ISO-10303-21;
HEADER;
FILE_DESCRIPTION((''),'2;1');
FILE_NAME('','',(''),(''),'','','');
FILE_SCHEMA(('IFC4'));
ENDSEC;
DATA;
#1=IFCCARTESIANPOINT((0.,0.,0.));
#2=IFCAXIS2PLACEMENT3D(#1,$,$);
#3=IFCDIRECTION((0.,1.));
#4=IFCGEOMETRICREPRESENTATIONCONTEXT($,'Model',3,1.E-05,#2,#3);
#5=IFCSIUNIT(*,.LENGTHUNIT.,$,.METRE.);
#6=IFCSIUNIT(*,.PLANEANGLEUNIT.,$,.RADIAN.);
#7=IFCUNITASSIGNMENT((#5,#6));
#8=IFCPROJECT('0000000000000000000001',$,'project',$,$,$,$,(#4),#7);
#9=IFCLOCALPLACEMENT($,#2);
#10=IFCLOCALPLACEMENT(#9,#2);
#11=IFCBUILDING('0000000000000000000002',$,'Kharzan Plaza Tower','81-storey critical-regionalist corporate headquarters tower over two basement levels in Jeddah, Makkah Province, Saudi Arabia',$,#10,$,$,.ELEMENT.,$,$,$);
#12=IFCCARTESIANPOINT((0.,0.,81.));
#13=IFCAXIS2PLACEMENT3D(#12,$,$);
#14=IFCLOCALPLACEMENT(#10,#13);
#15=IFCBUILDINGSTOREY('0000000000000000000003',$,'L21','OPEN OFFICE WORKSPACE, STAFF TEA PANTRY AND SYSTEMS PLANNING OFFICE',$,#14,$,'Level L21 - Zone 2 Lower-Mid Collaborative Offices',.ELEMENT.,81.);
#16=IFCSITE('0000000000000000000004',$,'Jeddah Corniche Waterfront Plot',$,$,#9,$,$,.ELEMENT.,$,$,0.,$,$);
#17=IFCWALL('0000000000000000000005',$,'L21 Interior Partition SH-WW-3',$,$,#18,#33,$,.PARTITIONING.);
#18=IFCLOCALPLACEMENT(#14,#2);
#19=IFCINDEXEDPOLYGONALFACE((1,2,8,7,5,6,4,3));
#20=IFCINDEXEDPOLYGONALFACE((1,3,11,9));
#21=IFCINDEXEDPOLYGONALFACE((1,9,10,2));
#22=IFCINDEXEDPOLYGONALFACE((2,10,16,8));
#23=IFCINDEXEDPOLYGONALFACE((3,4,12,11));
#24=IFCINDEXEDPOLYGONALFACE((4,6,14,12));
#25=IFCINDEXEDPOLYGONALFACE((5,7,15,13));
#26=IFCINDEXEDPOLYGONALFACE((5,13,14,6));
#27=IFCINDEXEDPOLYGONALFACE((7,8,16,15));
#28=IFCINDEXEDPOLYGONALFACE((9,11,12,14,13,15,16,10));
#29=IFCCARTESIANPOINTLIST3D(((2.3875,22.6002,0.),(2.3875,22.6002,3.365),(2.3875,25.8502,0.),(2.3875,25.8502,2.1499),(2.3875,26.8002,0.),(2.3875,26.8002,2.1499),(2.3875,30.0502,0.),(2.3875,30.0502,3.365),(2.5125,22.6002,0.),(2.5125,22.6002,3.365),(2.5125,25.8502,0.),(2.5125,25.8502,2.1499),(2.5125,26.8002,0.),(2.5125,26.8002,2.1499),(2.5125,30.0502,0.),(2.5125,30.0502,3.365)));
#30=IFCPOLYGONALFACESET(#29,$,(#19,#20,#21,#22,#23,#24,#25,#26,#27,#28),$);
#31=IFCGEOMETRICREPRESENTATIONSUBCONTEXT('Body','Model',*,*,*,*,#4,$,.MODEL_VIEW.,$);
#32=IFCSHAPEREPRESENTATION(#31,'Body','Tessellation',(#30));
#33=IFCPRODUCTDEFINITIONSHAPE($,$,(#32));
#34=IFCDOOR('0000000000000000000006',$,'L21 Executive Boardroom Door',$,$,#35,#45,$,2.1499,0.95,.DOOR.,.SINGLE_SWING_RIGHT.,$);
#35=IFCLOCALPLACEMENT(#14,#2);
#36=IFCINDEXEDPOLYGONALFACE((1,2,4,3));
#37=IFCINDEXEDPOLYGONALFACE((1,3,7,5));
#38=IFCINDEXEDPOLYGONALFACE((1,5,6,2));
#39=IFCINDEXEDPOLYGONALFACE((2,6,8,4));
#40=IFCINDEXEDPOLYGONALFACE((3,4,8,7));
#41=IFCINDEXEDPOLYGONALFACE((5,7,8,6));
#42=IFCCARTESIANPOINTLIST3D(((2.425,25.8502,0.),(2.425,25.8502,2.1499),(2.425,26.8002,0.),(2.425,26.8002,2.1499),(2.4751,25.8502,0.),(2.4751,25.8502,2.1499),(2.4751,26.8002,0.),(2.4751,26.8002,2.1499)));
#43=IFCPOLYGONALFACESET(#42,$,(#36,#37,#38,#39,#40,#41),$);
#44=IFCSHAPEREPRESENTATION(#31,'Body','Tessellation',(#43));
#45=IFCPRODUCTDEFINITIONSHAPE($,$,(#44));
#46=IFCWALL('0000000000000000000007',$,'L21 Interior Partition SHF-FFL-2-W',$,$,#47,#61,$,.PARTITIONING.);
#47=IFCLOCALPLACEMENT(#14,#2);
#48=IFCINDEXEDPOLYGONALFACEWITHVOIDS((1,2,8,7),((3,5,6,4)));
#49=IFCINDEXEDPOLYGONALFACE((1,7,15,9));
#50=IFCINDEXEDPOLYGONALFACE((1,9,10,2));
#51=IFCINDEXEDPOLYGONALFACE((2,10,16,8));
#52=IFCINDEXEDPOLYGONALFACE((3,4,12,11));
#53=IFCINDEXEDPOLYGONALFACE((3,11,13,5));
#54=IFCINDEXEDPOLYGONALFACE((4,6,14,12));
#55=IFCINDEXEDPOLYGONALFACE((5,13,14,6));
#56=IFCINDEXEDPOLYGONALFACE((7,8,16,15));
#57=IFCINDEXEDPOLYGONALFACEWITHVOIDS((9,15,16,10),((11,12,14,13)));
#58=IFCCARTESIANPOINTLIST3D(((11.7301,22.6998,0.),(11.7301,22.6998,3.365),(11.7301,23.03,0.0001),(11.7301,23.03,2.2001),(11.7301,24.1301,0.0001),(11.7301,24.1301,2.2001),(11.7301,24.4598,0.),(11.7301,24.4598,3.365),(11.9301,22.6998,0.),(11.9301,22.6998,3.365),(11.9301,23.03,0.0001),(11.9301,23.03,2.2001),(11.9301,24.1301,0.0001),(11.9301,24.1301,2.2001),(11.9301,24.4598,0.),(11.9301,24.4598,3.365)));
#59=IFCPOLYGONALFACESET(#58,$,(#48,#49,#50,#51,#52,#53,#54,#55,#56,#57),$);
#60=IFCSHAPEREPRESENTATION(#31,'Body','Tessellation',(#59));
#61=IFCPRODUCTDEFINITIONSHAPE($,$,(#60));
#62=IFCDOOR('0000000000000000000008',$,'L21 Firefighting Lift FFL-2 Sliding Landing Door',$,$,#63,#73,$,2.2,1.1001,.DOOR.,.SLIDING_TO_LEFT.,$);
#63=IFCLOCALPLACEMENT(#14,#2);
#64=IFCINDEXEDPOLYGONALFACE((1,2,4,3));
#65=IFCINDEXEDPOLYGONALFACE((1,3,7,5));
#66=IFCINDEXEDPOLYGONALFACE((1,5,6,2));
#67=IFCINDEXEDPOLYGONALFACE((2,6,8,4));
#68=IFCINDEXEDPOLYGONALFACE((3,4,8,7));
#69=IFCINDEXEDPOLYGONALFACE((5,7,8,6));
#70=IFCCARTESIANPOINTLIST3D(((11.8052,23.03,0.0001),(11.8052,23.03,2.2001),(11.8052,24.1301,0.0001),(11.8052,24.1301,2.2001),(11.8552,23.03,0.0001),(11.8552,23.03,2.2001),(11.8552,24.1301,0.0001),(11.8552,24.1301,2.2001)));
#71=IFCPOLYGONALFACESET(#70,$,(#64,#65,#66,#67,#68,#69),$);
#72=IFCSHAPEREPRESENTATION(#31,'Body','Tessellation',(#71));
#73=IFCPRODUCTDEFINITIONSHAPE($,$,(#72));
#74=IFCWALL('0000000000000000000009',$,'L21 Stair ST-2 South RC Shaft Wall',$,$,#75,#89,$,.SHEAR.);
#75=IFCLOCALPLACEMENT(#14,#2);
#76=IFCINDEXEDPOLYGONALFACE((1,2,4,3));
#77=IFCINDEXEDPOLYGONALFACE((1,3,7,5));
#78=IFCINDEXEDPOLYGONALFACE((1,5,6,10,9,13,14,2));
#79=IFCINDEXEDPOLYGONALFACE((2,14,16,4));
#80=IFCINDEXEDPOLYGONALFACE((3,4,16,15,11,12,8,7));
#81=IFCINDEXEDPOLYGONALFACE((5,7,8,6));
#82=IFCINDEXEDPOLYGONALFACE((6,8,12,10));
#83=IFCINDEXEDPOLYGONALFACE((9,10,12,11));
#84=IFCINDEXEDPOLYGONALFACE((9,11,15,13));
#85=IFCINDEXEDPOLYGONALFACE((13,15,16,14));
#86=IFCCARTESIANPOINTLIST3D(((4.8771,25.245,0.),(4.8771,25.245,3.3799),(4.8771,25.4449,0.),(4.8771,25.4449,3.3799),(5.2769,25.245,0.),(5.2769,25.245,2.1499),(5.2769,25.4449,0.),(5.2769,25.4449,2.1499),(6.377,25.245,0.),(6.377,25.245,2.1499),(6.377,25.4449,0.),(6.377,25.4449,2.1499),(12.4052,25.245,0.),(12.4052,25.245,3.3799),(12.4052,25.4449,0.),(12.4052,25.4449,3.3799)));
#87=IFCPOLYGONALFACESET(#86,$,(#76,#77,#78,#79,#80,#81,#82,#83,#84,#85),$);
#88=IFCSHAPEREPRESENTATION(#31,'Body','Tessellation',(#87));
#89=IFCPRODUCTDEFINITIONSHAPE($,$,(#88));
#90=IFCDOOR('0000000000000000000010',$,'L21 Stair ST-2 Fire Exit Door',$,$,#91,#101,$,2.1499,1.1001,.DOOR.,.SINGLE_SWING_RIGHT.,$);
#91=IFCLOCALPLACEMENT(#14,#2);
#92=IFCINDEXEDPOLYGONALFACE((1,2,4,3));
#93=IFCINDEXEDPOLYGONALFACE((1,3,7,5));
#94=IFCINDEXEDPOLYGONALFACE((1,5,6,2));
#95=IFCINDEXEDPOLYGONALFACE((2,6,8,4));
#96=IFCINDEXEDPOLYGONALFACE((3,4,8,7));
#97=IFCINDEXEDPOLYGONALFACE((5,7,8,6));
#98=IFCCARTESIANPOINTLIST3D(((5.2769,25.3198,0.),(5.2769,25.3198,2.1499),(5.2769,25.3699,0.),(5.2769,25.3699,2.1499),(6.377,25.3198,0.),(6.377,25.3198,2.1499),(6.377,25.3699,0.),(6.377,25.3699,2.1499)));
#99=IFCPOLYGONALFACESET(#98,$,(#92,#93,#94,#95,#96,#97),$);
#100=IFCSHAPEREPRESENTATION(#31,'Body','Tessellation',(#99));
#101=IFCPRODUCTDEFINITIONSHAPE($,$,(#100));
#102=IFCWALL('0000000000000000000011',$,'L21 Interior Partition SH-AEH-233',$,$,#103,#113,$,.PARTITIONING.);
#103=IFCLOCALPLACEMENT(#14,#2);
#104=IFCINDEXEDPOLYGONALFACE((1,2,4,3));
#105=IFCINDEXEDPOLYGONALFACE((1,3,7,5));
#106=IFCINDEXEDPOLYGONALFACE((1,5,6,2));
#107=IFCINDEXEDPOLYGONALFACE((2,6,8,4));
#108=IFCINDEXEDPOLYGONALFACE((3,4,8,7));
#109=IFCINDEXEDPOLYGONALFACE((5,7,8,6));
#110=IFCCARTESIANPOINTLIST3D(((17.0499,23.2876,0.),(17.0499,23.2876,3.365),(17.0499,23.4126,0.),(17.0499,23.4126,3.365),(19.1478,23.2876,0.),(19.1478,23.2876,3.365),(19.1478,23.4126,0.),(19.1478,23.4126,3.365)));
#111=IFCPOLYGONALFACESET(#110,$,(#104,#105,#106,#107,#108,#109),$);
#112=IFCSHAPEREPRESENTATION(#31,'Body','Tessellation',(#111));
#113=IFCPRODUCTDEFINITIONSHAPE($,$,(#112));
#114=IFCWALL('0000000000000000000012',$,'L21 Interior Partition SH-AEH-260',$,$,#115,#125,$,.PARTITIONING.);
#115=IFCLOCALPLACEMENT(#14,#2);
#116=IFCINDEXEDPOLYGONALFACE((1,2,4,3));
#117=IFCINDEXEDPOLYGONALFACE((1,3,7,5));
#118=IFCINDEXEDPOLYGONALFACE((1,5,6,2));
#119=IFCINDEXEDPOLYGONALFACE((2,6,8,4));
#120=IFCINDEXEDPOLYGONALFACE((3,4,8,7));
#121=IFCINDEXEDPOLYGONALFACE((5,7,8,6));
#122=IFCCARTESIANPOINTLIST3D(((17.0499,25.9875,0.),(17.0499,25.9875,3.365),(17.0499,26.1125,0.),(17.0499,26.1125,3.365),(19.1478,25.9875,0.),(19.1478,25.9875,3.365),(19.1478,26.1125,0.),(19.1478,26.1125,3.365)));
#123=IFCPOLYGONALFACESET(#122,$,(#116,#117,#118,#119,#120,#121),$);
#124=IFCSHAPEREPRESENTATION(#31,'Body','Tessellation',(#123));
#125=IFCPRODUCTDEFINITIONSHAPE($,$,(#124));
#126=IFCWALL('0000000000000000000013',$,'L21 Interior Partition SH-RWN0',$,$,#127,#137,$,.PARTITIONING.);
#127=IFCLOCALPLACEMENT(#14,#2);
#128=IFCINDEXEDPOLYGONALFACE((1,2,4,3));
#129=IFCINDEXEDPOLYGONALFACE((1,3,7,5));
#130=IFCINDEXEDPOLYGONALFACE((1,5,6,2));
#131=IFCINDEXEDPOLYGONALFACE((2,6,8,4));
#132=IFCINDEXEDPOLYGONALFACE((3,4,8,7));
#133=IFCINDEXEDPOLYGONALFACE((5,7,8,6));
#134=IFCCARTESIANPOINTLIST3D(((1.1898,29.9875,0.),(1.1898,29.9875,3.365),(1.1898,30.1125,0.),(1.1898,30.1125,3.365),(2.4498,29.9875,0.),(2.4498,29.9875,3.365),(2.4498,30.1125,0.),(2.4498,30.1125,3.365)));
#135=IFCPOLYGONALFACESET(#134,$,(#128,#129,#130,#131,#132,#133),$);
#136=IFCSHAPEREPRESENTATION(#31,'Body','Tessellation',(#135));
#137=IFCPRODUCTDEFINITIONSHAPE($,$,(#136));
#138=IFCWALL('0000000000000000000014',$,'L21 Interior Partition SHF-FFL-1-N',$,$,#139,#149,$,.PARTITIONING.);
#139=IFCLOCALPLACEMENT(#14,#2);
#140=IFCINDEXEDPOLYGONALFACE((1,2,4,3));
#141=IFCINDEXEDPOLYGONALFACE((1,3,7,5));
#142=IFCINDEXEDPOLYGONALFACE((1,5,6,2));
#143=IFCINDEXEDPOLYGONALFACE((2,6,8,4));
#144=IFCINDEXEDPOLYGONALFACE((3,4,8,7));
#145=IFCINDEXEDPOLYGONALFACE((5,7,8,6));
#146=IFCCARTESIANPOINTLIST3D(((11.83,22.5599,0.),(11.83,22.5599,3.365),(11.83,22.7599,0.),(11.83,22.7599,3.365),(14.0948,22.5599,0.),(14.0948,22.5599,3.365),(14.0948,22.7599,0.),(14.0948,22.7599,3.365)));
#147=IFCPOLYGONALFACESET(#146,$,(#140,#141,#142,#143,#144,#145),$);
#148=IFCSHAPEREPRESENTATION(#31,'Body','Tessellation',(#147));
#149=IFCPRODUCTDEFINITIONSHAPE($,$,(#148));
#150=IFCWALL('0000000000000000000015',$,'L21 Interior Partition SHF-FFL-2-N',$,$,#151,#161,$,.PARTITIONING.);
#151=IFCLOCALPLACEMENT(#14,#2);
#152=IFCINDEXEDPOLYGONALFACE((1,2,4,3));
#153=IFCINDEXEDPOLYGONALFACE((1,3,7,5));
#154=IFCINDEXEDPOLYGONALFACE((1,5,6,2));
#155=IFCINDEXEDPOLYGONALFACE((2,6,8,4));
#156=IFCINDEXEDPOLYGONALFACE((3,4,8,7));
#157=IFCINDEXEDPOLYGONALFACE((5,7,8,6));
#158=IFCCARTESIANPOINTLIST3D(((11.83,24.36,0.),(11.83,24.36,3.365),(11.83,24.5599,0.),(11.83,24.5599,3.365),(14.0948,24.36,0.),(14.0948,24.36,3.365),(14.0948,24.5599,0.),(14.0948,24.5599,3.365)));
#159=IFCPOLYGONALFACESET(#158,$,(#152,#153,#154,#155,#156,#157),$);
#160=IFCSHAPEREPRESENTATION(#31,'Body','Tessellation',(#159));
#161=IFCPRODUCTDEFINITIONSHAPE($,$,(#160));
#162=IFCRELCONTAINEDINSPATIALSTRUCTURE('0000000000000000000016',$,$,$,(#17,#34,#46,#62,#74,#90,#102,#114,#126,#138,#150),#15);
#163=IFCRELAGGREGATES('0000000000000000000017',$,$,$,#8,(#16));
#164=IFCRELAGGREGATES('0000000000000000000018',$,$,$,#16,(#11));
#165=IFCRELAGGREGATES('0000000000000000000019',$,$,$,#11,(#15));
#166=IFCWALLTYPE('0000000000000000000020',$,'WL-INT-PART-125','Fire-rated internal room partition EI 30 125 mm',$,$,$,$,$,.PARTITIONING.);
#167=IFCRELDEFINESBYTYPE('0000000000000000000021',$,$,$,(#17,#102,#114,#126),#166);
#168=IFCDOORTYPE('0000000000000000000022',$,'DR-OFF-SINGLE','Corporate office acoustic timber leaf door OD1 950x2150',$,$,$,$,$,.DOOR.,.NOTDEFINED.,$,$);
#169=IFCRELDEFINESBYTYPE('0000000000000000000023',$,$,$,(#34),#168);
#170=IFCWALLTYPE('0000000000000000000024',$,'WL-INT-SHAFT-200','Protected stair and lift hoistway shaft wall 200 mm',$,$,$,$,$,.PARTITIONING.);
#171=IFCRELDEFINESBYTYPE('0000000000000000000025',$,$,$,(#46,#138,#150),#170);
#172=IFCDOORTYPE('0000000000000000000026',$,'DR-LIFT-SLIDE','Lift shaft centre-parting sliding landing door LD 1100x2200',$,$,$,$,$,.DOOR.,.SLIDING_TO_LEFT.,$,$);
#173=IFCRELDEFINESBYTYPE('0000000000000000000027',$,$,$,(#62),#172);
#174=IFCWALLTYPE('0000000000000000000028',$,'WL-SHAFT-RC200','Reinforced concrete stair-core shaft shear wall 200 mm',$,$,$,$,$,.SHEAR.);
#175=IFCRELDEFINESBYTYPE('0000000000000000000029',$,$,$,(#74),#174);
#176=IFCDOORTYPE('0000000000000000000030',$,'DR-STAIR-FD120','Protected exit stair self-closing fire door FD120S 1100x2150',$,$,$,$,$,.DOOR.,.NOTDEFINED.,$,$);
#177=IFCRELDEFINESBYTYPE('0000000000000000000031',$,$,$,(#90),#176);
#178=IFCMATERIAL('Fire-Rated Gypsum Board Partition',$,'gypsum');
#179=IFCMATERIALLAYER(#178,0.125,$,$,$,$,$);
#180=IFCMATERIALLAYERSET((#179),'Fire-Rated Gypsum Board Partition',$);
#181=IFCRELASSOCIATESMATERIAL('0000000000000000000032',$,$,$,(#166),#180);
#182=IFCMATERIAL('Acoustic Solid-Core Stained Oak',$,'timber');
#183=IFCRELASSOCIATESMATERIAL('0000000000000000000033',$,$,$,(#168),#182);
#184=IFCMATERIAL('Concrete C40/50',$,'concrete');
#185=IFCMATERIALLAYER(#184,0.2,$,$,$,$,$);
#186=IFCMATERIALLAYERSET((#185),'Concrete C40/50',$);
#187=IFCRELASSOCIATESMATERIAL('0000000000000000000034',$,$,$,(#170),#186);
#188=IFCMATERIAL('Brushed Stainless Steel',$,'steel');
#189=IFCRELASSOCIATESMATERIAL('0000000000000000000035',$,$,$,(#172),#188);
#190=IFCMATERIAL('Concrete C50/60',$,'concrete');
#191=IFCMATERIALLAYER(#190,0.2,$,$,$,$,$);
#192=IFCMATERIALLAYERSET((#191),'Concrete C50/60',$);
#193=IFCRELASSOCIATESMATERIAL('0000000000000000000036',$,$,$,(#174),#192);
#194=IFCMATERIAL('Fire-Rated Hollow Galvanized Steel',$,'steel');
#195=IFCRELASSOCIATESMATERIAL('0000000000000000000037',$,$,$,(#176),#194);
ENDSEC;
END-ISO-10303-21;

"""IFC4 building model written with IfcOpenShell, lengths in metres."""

from ifc_helpers import new_model, si_unit, direction, frame, frame_2d, origin, place, context, subcontext, project, spatial, rectangle, extrude, source, transform, mapped, material, layer, layer_set, type_object, element, fill, save


model = new_model("IFC4")

# Units and contexts
model_context = context("Model", 3, precision=1e-05, world=origin(), true_north=direction((0.0, 1.0)))
body_context = subcontext(model_context, "Body", "Model", "MODEL_VIEW")
ifc_project = project(units=[si_unit("LENGTHUNIT", "METRE"), si_unit("PLANEANGLEUNIT", "RADIAN")], contexts=[model_context])

# Site, building, storey
site_placement = place(None, origin())
site = spatial("IfcSite", under=ifc_project, at=site_placement, Name="Jeddah Corniche Waterfront Plot", CompositionType="ELEMENT", RefElevation=0.0)
building_placement = place(site_placement, origin())
building = spatial("IfcBuilding", under=site, at=building_placement, Name="Kharzan Plaza Tower", Description="81-storey critical-regionalist corporate headquarters tower over two basement levels in Jeddah, Makkah Province, Saudi Arabia", CompositionType="ELEMENT")
storey_placement = place(building_placement, frame((0.0, 0.0, 81.0)))
storey = spatial("IfcBuildingStorey", under=building, at=storey_placement, Name="L21", Description="OPEN OFFICE WORKSPACE, STAFF TEA PANTRY AND SYSTEMS PLANNING OFFICE", LongName="Level L21 - Zone 2 Lower-Mid Collaborative Offices", CompositionType="ELEMENT", Elevation=81.0)

# Walls, openings, doors
ifc_material_1 = material(Name="Concrete C40/50", Category="concrete")
ifc_material_2 = material(Name="Fire-Rated Gypsum Board Partition", Category="gypsum")
ifc_layer_1 = layer(ifc_material_2, 0.125)
ifc_layer_set_1 = layer_set([ifc_layer_1], Name="Fire-Rated Gypsum Board Partition")
wall_type_1 = type_object("IfcWallType", Name="WL-INT-PART-125", Description="Fire-rated internal room partition EI 30 125 mm", PredefinedType="PARTITIONING", material=ifc_layer_set_1)
ifc_material_3 = material(Name="Acoustic Solid-Core Stained Oak", Category="timber")
door_type_1 = type_object("IfcDoorType", Name="DR-OFF-SINGLE", Description="Corporate office acoustic timber leaf door OD1 950x2150", OperationType="NOTDEFINED", PredefinedType="DOOR", material=ifc_material_3)
shared_shape_1 = source(origin(), body_context, "Body", "SweptSolid", [
    extrude(rectangle(XDim=0.95, YDim=2.1499, at=frame_2d((0.4751, 1.075))), frame((0.0, 0.0249, 0.0), z_axis=(0.0, -1.0, 0.0), x_axis=(1.0, 0.0, 0.0)), (0.0, 0.0, 1.0), 0.05),
])
wall_1_placement = place(storey_placement, frame((2.45, 22.6001, 0.0), z_axis=(0.0, 0.0, 1.0), x_axis=(0.0, 1.0, 0.0)))
wall_1 = element("IfcWall", 1, at=wall_1_placement, inside=storey, type_object=wall_type_1, Name="L21 Interior Partition SH-WW-3", PredefinedType="PARTITIONING", context=body_context, shape_type="SweptSolid", body=[
    extrude(rectangle(XDim=7.45, YDim=0.125, at=frame_2d((3.7251, 0.0))), origin(), (0.0, 0.0, 1.0), 3.365),
])
opening_1_placement = place(wall_1_placement, frame((3.25, 0.0, 0.0)))
opening_1 = element("IfcOpeningElement", 2, at=opening_1_placement, cuts=wall_1, PredefinedType="OPENING", context=body_context, shape_type="SweptSolid", body=[
    extrude(rectangle(XDim=0.95, YDim=2.1499, at=frame_2d((0.4751, 1.075))), frame((0.0, 0.0725, 0.0), z_axis=(0.0, -1.0, 0.0), x_axis=(1.0, 0.0, 0.0)), (0.0, 0.0, 1.0), 0.145),
])
door_1_placement = place(opening_1_placement, origin())
door_1 = element("IfcDoor", 3, at=door_1_placement, inside=storey, type_object=door_type_1, Name="L21 Executive Boardroom Door", OperationType="SINGLE_SWING_RIGHT", OverallHeight=2.1499, OverallWidth=0.95, PredefinedType="DOOR", context=body_context, shape_type="MappedRepresentation", body=[
    mapped(shared_shape_1, transform((0.0, 0.0, 0.0), x_axis=(1.0, 0.0, 0.0), y_axis=(0.0, 1.0, 0.0), z_axis=(0.0, 0.0, 1.0))),
])
fill(opening_1, door_1)
ifc_layer_2 = layer(ifc_material_1, 0.2)
ifc_layer_set_2 = layer_set([ifc_layer_2], Name="Concrete C40/50")
wall_type_2 = type_object("IfcWallType", Name="WL-INT-SHAFT-200", Description="Protected stair and lift hoistway shaft wall 200 mm", PredefinedType="PARTITIONING", material=ifc_layer_set_2)
wall_2_placement = place(storey_placement, frame((11.8301, 22.7, 0.0), z_axis=(0.0, 0.0, 1.0), x_axis=(0.0, 1.0, 0.0)))
wall_2 = element("IfcWall", 4, at=wall_2_placement, inside=storey, type_object=wall_type_2, Name="L21 Interior Partition SHF-FFL-2-W", PredefinedType="PARTITIONING", context=body_context, shape_type="SweptSolid", body=[
    extrude(rectangle(XDim=1.76, YDim=0.2, at=frame_2d((0.8799, 0.0))), origin(), (0.0, 0.0, 1.0), 3.365),
])
opening_2_placement = place(wall_2_placement, frame((0.3301, 0.0, 0.0)))
opening_2 = element("IfcOpeningElement", 5, at=opening_2_placement, cuts=wall_2, PredefinedType="OPENING", context=body_context, shape_type="SweptSolid", body=[
    extrude(rectangle(XDim=1.1001, YDim=2.2, at=frame_2d((0.55, 1.1001))), frame((0.0, 0.1099, 0.0), z_axis=(0.0, -1.0, 0.0), x_axis=(1.0, 0.0, 0.0)), (0.0, 0.0, 1.0), 0.22),
])
ifc_material_4 = material(Name="Brushed Stainless Steel", Category="steel")
door_type_2 = type_object("IfcDoorType", Name="DR-LIFT-SLIDE", Description="Lift shaft centre-parting sliding landing door LD 1100x2200", OperationType="SLIDING_TO_LEFT", PredefinedType="DOOR", material=ifc_material_4)
shared_shape_2 = source(origin(), body_context, "Body", "SweptSolid", [
    extrude(rectangle(XDim=1.1001, YDim=2.2, at=frame_2d((0.55, 1.1001))), frame((0.0, 0.0249, 0.0), z_axis=(0.0, -1.0, 0.0), x_axis=(1.0, 0.0, 0.0)), (0.0, 0.0, 1.0), 0.05),
])
door_2_placement = place(opening_2_placement, origin())
door_2 = element("IfcDoor", 6, at=door_2_placement, inside=storey, type_object=door_type_2, Name="L21 Firefighting Lift FFL-2 Sliding Landing Door", OperationType="SLIDING_TO_LEFT", OverallHeight=2.2, OverallWidth=1.1001, PredefinedType="DOOR", context=body_context, shape_type="MappedRepresentation", body=[
    mapped(shared_shape_2, transform((0.0, 0.0, 0.0), x_axis=(1.0, 0.0, 0.0), y_axis=(0.0, 1.0, 0.0), z_axis=(0.0, 0.0, 1.0))),
])
fill(opening_2, door_2)
ifc_material_5 = material(Name="Concrete C50/60", Category="concrete")
ifc_layer_3 = layer(ifc_material_5, 0.2)
ifc_layer_set_3 = layer_set([ifc_layer_3], Name="Concrete C50/60")
wall_type_3 = type_object("IfcWallType", Name="WL-SHAFT-RC200", Description="Reinforced concrete stair-core shaft shear wall 200 mm", PredefinedType="SHEAR", material=ifc_layer_set_3)
wall_3_placement = place(storey_placement, frame((4.877, 25.345, 0.0), z_axis=(0.0, 0.0, 1.0), x_axis=(1.0, 0.0, 0.0)))
wall_3 = element("IfcWall", 7, at=wall_3_placement, inside=storey, type_object=wall_type_3, Name="L21 Stair ST-2 South RC Shaft Wall", PredefinedType="SHEAR", context=body_context, shape_type="SweptSolid", body=[
    extrude(rectangle(XDim=7.5281, YDim=0.2, at=frame_2d((3.7642, 0.0))), origin(), (0.0, 0.0, 1.0), 3.3799),
])
opening_3_placement = place(wall_3_placement, frame((0.3999, 0.0, 0.0)))
opening_3 = element("IfcOpeningElement", 8, at=opening_3_placement, cuts=wall_3, PredefinedType="OPENING", context=body_context, shape_type="SweptSolid", body=[
    extrude(rectangle(XDim=1.1001, YDim=2.1499, at=frame_2d((0.55, 1.075))), frame((0.0, 0.1099, 0.0), z_axis=(0.0, -1.0, 0.0), x_axis=(1.0, 0.0, 0.0)), (0.0, 0.0, 1.0), 0.22),
])
ifc_material_6 = material(Name="Fire-Rated Hollow Galvanized Steel", Category="steel")
door_type_3 = type_object("IfcDoorType", Name="DR-STAIR-FD120", Description="Protected exit stair self-closing fire door FD120S 1100x2150", OperationType="NOTDEFINED", PredefinedType="DOOR", material=ifc_material_6)
shared_shape_3 = source(origin(), body_context, "Body", "SweptSolid", [
    extrude(rectangle(XDim=1.1001, YDim=2.1499, at=frame_2d((0.55, 1.075))), frame((0.0, 0.0249, 0.0), z_axis=(0.0, -1.0, 0.0), x_axis=(1.0, 0.0, 0.0)), (0.0, 0.0, 1.0), 0.05),
])
door_3_placement = place(opening_3_placement, origin())
door_3 = element("IfcDoor", 9, at=door_3_placement, inside=storey, type_object=door_type_3, Name="L21 Stair ST-2 Fire Exit Door", OperationType="SINGLE_SWING_RIGHT", OverallHeight=2.1499, OverallWidth=1.1001, PredefinedType="DOOR", context=body_context, shape_type="MappedRepresentation", body=[
    mapped(shared_shape_3, transform((0.0, 0.0, 0.0), x_axis=(1.0, 0.0, 0.0), y_axis=(0.0, 1.0, 0.0), z_axis=(0.0, 0.0, 1.0))),
])
fill(opening_3, door_3)

# Walls
shared_shape_4 = source(origin(), body_context, "Body", "SweptSolid", [
    extrude(rectangle(XDim=2.0979, YDim=0.125, at=frame_2d((1.0488, 0.0))), origin(), (0.0, 0.0, 1.0), 3.365),
])
for number, where, z_axis, x_axis, name in (
    (10, (17.05, 23.3501, 0.0), (0.0, 0.0, 1.0), (1.0, 0.0, 0.0), "L21 Interior Partition SH-AEH-233"),
    (11, (17.05, 26.05, 0.0), (0.0, 0.0, 1.0), (1.0, 0.0, 0.0), "L21 Interior Partition SH-AEH-260"),
):
    element("IfcWall", number, at=place(storey_placement, frame(where, z_axis=z_axis, x_axis=x_axis)), inside=storey, type_object=wall_type_1, Name=name, PredefinedType="PARTITIONING", context=body_context, shape_type="MappedRepresentation", body=[
        mapped(shared_shape_4, transform((0.0, 0.0, 0.0), x_axis=(1.0, 0.0, 0.0), y_axis=(0.0, 1.0, 0.0), z_axis=(0.0, 0.0, 1.0))),
    ])
shared_shape_5 = source(origin(), body_context, "Body", "SweptSolid", [
    extrude(rectangle(XDim=1.26, YDim=0.125, at=frame_2d((0.6299, 0.0))), origin(), (0.0, 0.0, 1.0), 3.365),
])
wall_4_placement = place(storey_placement, frame((1.1899, 30.05, 0.0), z_axis=(0.0, 0.0, 1.0), x_axis=(1.0, 0.0, 0.0)))
element("IfcWall", 12, at=wall_4_placement, inside=storey, type_object=wall_type_1, Name="L21 Interior Partition SH-RWN0", PredefinedType="PARTITIONING", context=body_context, shape_type="MappedRepresentation", body=[
    mapped(shared_shape_5, transform((0.0, 0.0, 0.0), x_axis=(1.0, 0.0, 0.0), y_axis=(0.0, 1.0, 0.0), z_axis=(0.0, 0.0, 1.0))),
])
shared_shape_6 = source(origin(), body_context, "Body", "SweptSolid", [
    extrude(rectangle(XDim=2.2649, YDim=0.2, at=frame_2d((1.1323, 0.0))), origin(), (0.0, 0.0, 1.0), 3.365),
])
for number, where, z_axis, x_axis, name in (
    (13, (11.8301, 22.6599, 0.0), (0.0, 0.0, 1.0), (1.0, 0.0, 0.0), "L21 Interior Partition SHF-FFL-1-N"),
    (14, (11.8301, 24.46, 0.0), (0.0, 0.0, 1.0), (1.0, 0.0, 0.0), "L21 Interior Partition SHF-FFL-2-N"),
):
    element("IfcWall", number, at=place(storey_placement, frame(where, z_axis=z_axis, x_axis=x_axis)), inside=storey, type_object=wall_type_2, Name=name, PredefinedType="PARTITIONING", context=body_context, shape_type="MappedRepresentation", body=[
        mapped(shared_shape_6, transform((0.0, 0.0, 0.0), x_axis=(1.0, 0.0, 0.0), y_axis=(0.0, 1.0, 0.0), z_axis=(0.0, 0.0, 1.0))),
    ])

save(model, "model.ifc")
